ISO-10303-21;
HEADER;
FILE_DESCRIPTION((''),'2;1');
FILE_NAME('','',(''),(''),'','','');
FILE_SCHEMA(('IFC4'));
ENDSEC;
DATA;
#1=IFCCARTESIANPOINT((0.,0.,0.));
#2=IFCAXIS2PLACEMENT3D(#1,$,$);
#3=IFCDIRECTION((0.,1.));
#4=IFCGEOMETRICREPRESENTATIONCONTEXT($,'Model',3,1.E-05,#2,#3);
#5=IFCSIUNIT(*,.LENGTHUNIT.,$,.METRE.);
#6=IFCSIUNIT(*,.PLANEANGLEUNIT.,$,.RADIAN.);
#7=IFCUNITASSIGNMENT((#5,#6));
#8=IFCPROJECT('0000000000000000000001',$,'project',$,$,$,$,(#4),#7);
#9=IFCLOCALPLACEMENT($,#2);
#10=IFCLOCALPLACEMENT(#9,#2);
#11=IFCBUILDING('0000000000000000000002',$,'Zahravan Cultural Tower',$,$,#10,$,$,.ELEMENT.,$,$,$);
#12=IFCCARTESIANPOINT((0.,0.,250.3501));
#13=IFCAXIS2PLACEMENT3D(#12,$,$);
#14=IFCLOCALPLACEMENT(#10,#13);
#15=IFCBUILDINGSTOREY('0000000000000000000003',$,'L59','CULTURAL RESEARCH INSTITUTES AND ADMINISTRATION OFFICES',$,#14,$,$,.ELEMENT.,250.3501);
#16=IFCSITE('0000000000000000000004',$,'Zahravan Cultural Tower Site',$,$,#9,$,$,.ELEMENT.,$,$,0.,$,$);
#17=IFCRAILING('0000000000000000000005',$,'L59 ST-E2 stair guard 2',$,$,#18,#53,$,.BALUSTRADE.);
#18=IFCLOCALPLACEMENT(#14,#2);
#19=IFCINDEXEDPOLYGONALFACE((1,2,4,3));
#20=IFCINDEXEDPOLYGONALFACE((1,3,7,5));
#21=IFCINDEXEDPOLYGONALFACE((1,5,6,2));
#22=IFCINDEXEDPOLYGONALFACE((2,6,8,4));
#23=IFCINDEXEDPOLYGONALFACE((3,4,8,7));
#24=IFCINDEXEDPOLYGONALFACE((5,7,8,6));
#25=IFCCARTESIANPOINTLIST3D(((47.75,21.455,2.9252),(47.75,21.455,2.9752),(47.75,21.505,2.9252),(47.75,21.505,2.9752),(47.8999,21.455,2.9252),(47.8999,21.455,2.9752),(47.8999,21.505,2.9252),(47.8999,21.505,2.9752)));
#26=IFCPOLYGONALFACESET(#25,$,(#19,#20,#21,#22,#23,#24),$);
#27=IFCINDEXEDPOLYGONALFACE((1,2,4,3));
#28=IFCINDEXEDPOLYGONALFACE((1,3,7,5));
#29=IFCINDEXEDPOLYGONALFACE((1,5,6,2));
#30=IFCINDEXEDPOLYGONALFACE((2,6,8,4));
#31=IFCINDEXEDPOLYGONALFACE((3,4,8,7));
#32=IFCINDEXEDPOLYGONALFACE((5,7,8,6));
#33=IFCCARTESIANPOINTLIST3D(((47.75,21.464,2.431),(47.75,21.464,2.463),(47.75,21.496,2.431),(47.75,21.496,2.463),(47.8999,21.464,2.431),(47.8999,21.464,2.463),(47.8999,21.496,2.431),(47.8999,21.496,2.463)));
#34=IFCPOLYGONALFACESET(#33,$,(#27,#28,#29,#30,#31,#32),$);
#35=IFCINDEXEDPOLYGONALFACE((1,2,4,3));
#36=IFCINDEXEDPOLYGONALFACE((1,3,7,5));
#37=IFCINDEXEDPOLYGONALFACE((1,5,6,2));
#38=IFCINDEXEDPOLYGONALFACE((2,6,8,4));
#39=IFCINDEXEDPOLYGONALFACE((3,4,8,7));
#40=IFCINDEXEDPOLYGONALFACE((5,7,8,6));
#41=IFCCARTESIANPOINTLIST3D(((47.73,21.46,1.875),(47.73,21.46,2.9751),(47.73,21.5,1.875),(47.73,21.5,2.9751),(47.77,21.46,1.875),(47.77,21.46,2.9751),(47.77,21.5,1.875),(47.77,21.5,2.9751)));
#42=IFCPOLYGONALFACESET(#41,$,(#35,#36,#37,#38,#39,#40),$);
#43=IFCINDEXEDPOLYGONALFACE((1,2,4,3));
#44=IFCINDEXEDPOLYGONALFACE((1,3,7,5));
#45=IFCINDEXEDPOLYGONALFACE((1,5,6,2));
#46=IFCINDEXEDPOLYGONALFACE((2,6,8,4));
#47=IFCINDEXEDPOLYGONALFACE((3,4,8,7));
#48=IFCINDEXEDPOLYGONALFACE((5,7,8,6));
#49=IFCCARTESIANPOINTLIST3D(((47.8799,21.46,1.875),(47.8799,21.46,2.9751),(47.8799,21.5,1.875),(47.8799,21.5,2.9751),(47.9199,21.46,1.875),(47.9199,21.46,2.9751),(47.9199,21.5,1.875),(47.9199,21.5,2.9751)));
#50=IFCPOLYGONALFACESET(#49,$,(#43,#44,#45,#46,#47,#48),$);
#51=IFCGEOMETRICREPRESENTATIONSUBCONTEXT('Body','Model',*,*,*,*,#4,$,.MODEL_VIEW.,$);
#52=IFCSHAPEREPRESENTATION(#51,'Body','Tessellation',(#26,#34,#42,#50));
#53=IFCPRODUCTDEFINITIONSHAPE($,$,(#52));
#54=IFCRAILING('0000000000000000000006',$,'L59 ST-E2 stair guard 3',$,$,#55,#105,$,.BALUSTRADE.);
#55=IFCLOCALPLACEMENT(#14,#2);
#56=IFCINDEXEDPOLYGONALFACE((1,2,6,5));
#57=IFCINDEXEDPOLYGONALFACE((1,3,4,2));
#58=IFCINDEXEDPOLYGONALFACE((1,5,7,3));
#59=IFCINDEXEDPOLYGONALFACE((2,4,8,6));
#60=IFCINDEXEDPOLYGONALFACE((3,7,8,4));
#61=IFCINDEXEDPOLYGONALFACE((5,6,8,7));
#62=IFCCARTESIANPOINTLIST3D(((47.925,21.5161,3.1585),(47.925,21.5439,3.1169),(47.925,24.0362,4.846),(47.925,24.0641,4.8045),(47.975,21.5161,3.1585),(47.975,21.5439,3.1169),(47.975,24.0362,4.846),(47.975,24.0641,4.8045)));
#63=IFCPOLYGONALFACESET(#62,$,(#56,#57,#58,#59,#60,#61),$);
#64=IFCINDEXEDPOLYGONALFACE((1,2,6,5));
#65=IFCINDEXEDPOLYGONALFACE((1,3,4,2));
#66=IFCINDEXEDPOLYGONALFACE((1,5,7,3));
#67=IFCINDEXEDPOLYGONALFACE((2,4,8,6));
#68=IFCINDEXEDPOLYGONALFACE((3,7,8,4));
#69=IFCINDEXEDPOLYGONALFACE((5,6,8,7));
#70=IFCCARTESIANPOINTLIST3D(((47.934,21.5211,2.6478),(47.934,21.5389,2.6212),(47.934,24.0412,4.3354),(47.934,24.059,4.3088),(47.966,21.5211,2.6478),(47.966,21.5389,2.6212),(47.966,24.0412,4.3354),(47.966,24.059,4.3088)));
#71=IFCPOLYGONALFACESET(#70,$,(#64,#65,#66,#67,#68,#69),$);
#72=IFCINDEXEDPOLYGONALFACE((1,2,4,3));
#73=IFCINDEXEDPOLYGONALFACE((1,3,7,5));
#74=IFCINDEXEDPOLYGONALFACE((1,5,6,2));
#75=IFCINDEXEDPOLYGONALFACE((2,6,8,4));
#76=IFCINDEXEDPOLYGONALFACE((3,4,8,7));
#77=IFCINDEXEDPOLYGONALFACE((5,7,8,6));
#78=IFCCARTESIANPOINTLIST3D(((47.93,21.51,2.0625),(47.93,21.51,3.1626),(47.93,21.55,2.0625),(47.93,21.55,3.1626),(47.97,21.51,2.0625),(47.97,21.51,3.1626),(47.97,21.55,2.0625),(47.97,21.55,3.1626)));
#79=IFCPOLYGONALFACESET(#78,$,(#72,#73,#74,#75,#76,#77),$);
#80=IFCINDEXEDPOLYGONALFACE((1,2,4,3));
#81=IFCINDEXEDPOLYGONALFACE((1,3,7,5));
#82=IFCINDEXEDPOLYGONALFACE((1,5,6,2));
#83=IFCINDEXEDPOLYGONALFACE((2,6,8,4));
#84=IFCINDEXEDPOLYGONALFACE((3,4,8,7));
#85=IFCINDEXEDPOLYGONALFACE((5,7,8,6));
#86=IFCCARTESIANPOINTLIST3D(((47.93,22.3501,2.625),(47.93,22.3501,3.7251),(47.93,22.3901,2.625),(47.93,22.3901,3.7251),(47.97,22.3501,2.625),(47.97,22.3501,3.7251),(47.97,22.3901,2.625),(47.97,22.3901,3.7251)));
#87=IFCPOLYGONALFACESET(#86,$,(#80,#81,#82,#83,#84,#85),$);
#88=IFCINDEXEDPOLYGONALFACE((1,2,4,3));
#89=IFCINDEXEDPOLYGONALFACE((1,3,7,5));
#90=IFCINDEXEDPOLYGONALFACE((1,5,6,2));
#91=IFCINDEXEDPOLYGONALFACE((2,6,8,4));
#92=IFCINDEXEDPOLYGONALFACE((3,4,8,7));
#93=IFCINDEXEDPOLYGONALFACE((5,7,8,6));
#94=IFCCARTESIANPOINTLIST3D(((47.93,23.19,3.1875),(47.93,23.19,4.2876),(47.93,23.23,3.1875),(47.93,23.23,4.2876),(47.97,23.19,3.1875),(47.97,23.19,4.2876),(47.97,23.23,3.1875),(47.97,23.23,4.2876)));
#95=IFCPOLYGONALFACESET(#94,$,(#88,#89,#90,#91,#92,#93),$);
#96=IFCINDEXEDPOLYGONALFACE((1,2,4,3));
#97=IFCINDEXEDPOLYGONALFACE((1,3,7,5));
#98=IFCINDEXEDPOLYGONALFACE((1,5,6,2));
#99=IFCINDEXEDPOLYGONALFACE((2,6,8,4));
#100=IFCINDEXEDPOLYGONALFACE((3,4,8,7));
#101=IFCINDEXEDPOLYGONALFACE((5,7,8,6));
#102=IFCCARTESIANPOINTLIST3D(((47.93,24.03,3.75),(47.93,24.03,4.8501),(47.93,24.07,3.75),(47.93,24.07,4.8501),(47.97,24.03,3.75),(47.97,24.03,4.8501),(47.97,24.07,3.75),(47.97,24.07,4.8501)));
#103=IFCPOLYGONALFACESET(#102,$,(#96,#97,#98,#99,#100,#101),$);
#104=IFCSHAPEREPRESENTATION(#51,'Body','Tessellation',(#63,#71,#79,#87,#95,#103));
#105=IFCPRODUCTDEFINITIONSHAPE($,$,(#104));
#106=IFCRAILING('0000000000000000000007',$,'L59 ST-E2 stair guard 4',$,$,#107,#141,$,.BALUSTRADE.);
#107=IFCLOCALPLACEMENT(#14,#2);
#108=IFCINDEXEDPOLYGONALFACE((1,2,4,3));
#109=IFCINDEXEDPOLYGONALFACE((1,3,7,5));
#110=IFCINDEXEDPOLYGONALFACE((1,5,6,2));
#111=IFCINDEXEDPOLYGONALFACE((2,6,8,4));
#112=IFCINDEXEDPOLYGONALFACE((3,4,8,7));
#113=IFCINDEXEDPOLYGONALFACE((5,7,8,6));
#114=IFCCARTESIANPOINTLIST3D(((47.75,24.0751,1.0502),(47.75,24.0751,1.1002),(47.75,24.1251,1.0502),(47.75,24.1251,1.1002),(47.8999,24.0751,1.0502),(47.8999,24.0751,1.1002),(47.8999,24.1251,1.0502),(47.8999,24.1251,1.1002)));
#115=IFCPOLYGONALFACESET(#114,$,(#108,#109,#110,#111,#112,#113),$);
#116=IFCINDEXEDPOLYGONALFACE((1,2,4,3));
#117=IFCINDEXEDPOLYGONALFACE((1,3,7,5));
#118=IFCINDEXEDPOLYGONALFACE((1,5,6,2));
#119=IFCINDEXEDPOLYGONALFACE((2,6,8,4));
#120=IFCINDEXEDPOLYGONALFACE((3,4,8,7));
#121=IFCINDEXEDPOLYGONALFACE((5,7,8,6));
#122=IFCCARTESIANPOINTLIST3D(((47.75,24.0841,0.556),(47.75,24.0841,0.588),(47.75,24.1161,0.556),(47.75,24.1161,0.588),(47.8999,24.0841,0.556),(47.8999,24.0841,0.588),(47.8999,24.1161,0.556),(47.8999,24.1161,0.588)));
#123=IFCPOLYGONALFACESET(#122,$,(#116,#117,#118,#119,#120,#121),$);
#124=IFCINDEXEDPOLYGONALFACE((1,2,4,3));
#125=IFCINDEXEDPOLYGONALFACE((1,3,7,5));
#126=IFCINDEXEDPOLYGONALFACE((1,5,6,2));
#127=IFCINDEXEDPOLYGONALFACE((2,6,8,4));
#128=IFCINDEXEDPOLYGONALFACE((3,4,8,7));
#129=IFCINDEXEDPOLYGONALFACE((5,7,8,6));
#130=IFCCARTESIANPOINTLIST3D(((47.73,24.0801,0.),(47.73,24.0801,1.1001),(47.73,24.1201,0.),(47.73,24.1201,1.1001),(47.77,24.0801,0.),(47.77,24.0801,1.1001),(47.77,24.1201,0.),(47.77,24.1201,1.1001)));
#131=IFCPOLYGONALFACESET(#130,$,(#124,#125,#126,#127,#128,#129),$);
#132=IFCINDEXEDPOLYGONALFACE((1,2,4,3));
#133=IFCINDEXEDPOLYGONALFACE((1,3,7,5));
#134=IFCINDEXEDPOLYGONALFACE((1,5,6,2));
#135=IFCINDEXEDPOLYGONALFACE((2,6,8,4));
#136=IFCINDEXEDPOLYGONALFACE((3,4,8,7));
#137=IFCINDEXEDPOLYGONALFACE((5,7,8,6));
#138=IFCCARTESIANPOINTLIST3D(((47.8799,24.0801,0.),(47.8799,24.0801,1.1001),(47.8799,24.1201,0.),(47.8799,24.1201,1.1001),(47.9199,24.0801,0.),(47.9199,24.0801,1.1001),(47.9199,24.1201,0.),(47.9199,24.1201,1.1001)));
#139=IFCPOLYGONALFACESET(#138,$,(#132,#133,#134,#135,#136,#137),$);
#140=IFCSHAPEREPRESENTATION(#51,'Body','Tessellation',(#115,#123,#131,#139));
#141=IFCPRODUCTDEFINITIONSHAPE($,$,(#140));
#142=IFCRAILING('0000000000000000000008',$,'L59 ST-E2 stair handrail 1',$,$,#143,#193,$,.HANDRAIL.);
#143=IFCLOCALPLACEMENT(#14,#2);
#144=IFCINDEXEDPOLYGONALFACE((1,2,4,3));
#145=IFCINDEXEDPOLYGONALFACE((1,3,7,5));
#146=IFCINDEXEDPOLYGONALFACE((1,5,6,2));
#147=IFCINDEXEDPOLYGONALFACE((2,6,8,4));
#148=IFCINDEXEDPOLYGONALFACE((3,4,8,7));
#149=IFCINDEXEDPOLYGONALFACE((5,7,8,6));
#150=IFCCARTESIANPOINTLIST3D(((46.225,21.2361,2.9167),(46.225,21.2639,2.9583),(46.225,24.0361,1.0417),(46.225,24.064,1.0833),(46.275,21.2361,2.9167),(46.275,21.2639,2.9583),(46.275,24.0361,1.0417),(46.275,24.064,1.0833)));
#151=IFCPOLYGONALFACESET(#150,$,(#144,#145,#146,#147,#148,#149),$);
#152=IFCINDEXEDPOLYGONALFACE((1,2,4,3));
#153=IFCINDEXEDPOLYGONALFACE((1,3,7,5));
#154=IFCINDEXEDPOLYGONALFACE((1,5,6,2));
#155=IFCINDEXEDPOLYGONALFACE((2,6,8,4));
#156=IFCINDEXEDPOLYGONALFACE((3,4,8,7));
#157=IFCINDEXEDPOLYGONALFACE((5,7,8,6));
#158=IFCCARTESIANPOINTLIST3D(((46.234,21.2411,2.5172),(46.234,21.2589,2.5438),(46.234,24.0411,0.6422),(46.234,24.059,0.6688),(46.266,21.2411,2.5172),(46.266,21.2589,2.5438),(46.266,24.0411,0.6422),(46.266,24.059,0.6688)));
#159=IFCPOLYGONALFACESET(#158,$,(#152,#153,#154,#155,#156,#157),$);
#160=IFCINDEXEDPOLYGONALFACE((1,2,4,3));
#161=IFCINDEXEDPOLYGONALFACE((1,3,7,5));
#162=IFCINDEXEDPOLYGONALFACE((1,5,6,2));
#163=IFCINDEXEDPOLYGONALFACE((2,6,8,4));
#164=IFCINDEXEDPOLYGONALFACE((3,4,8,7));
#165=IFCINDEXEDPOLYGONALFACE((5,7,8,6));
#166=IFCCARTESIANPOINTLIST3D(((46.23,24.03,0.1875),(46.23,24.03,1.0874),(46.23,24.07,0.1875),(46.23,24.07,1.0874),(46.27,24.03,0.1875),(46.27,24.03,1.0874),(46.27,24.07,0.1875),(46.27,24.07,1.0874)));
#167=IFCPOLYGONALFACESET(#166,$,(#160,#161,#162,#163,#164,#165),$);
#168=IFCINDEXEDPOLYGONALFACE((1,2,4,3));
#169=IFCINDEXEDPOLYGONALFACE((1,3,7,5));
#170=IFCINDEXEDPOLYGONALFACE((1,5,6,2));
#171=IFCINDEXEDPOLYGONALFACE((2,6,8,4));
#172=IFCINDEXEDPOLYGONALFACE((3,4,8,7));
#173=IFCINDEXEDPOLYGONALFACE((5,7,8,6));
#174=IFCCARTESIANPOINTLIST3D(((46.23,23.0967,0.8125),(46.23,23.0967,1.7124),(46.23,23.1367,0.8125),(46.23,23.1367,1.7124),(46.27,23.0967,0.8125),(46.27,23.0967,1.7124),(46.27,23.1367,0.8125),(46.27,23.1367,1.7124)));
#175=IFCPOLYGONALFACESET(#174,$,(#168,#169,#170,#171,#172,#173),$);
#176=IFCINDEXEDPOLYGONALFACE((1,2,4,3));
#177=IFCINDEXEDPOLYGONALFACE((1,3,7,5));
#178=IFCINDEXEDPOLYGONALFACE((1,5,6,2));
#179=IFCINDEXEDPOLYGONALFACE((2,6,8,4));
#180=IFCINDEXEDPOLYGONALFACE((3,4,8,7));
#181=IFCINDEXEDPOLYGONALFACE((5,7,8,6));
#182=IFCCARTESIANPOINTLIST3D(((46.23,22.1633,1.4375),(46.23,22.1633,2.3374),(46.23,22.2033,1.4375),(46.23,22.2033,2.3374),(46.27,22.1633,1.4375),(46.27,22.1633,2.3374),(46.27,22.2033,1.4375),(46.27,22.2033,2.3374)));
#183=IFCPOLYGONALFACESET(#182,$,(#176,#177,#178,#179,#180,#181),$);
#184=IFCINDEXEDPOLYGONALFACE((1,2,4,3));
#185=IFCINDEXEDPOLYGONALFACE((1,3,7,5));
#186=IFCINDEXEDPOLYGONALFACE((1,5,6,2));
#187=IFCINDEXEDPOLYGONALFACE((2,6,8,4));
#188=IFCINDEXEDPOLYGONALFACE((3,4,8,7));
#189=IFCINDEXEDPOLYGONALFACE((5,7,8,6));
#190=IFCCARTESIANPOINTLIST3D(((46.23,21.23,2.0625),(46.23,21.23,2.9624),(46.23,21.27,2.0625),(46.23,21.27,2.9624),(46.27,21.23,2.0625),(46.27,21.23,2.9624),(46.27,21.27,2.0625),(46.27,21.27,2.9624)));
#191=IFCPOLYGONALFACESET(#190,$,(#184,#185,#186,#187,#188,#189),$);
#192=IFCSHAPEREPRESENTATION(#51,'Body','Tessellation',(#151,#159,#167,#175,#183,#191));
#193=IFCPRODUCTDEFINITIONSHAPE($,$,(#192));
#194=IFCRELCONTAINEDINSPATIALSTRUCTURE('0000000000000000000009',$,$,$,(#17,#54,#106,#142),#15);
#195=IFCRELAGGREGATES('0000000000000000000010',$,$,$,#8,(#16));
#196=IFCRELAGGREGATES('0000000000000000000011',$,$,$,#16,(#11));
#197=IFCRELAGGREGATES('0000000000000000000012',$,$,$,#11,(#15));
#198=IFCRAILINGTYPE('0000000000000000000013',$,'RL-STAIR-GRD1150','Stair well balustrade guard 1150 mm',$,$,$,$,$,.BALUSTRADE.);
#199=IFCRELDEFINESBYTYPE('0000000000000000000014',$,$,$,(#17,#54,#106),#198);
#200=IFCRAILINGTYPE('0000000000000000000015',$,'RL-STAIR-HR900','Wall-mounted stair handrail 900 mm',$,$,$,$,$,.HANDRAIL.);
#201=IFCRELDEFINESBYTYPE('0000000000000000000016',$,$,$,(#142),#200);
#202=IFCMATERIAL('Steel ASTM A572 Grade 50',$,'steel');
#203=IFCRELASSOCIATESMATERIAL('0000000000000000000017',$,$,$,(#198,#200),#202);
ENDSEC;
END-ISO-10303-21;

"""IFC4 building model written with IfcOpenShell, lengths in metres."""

from ifc_helpers import new_model, si_unit, direction, frame, origin, origin_2d, place, context, subcontext, project, spatial, rectangle, extrude, material, type_object, element, save


model = new_model("IFC4")

# Units and contexts
model_context = context("Model", 3, precision=1e-05, world=origin(), true_north=direction((0.0, 1.0)))
body_context = subcontext(model_context, "Body", "Model", "MODEL_VIEW")
ifc_project = project(units=[si_unit("LENGTHUNIT", "METRE"), si_unit("PLANEANGLEUNIT", "RADIAN")], contexts=[model_context])

# Site, building, storey
site_placement = place(None, origin())
site = spatial("IfcSite", under=ifc_project, at=site_placement, Name="Zahravan Cultural Tower Site", CompositionType="ELEMENT", RefElevation=0.0)
building_placement = place(site_placement, origin())
building = spatial("IfcBuilding", under=site, at=building_placement, Name="Zahravan Cultural Tower", CompositionType="ELEMENT")
storey_placement = place(building_placement, frame((0.0, 0.0, 250.3501)))
storey = spatial("IfcBuildingStorey", under=building, at=storey_placement, Name="L59", Description="CULTURAL RESEARCH INSTITUTES AND ADMINISTRATION OFFICES", CompositionType="ELEMENT", Elevation=250.3501)

# Shared definitions
ifc_material_1 = material(Name="Steel ASTM A572 Grade 50", Category="steel")

# Railings
railing_type_1 = type_object("IfcRailingType", Name="RL-STAIR-GRD1150", Description="Stair well balustrade guard 1150 mm", PredefinedType="BALUSTRADE", material=ifc_material_1)
railing_1_placement = place(storey_placement, frame((47.75, 21.48, 1.875)))
element("IfcRailing", 1, at=railing_1_placement, inside=storey, type_object=railing_type_1, Name="L59 ST-E2 stair guard 2", PredefinedType="BALUSTRADE", context=body_context, shape_type="SweptSolid", body=[
    extrude(rectangle(XDim=0.05, YDim=0.05, at=origin_2d()), frame((0.0, 0.0, 1.0752), z_axis=(1.0, 0.0, 0.0), x_axis=(0.0, 1.0, 0.0)), (0.0, 0.0, 1.0), 0.1499),
    extrude(rectangle(XDim=0.032, YDim=0.032, at=origin_2d()), frame((0.0, 0.0, 0.572), z_axis=(1.0, 0.0, 0.0), x_axis=(0.0, 1.0, 0.0)), (0.0, 0.0, 1.0), 0.1499),
    extrude(rectangle(XDim=0.04, YDim=0.04, at=origin_2d()), origin(), (0.0, 0.0, 1.0), 1.1001),
    extrude(rectangle(XDim=0.04, YDim=0.04, at=origin_2d()), frame((0.1499, 0.0, 0.0)), (0.0, 0.0, 1.0), 1.1001),
])
railing_2_placement = place(storey_placement, frame((47.95, 21.53, 2.0625)))
element("IfcRailing", 2, at=railing_2_placement, inside=storey, type_object=railing_type_1, Name="L59 ST-E2 stair guard 3", PredefinedType="BALUSTRADE", context=body_context, shape_type="SweptSolid", body=[
    extrude(rectangle(XDim=0.05, YDim=0.05, at=origin_2d()), frame((0.0, 0.0, 1.0752), z_axis=(0.0, 0.830909, 0.556408), x_axis=(-1.0, 0.0, 0.0)), (0.0, 0.0, 1.0), 3.033),
    extrude(rectangle(XDim=0.032, YDim=0.032, at=origin_2d()), frame((0.0, 0.0, 0.572), z_axis=(0.0, 0.830909, 0.556408), x_axis=(-1.0, 0.0, 0.0)), (0.0, 0.0, 1.0), 3.033),
    extrude(rectangle(XDim=0.04, YDim=0.04, at=origin_2d()), origin(), (0.0, 0.0, 1.0), 1.1001),
    extrude(rectangle(XDim=0.04, YDim=0.04, at=origin_2d()), frame((0.0, 0.8401, 0.5625)), (0.0, 0.0, 1.0), 1.1001),
    extrude(rectangle(XDim=0.04, YDim=0.04, at=origin_2d()), frame((0.0, 1.6799, 1.125)), (0.0, 0.0, 1.0), 1.1001),
    extrude(rectangle(XDim=0.04, YDim=0.04, at=origin_2d()), frame((0.0, 2.52, 1.6875)), (0.0, 0.0, 1.0), 1.1001),
])
railing_3_placement = place(storey_placement, frame((47.75, 24.1001, 0.0)))
element("IfcRailing", 3, at=railing_3_placement, inside=storey, type_object=railing_type_1, Name="L59 ST-E2 stair guard 4", PredefinedType="BALUSTRADE", context=body_context, shape_type="SweptSolid", body=[
    extrude(rectangle(XDim=0.05, YDim=0.05, at=origin_2d()), frame((0.0, 0.0, 1.0752), z_axis=(1.0, 0.0, 0.0), x_axis=(0.0, 1.0, 0.0)), (0.0, 0.0, 1.0), 0.1499),
    extrude(rectangle(XDim=0.032, YDim=0.032, at=origin_2d()), frame((0.0, 0.0, 0.572), z_axis=(1.0, 0.0, 0.0), x_axis=(0.0, 1.0, 0.0)), (0.0, 0.0, 1.0), 0.1499),
    extrude(rectangle(XDim=0.04, YDim=0.04, at=origin_2d()), origin(), (0.0, 0.0, 1.0), 1.1001),
    extrude(rectangle(XDim=0.04, YDim=0.04, at=origin_2d()), frame((0.1499, 0.0, 0.0)), (0.0, 0.0, 1.0), 1.1001),
])
railing_type_2 = type_object("IfcRailingType", Name="RL-STAIR-HR900", Description="Wall-mounted stair handrail 900 mm", PredefinedType="HANDRAIL", material=ifc_material_1)
railing_4_placement = place(storey_placement, frame((46.25, 24.05, 0.1875)))
element("IfcRailing", 4, at=railing_4_placement, inside=storey, type_object=railing_type_2, Name="L59 ST-E2 stair handrail 1", PredefinedType="HANDRAIL", context=body_context, shape_type="SweptSolid", body=[
    extrude(rectangle(XDim=0.05, YDim=0.05, at=origin_2d()), frame((0.0, 0.0, 0.875), z_axis=(0.0, -0.830912, 0.556404), x_axis=(1.0, 0.0, 0.0)), (0.0, 0.0, 1.0), 3.3699),
    extrude(rectangle(XDim=0.032, YDim=0.032, at=origin_2d()), frame((0.0, 0.0, 0.468), z_axis=(0.0, -0.830912, 0.556404), x_axis=(1.0, 0.0, 0.0)), (0.0, 0.0, 1.0), 3.3699),
    extrude(rectangle(XDim=0.04, YDim=0.04, at=origin_2d()), origin(), (0.0, 0.0, 1.0), 0.8999),
    extrude(rectangle(XDim=0.04, YDim=0.04, at=origin_2d()), frame((0.0, -0.9333, 0.625)), (0.0, 0.0, 1.0), 0.8999),
    extrude(rectangle(XDim=0.04, YDim=0.04, at=origin_2d()), frame((0.0, -1.8667, 1.25)), (0.0, 0.0, 1.0), 0.8999),
    extrude(rectangle(XDim=0.04, YDim=0.04, at=origin_2d()), frame((0.0, -2.8, 1.875)), (0.0, 0.0, 1.0), 0.8999),
])

save(model, "model.ifc")
